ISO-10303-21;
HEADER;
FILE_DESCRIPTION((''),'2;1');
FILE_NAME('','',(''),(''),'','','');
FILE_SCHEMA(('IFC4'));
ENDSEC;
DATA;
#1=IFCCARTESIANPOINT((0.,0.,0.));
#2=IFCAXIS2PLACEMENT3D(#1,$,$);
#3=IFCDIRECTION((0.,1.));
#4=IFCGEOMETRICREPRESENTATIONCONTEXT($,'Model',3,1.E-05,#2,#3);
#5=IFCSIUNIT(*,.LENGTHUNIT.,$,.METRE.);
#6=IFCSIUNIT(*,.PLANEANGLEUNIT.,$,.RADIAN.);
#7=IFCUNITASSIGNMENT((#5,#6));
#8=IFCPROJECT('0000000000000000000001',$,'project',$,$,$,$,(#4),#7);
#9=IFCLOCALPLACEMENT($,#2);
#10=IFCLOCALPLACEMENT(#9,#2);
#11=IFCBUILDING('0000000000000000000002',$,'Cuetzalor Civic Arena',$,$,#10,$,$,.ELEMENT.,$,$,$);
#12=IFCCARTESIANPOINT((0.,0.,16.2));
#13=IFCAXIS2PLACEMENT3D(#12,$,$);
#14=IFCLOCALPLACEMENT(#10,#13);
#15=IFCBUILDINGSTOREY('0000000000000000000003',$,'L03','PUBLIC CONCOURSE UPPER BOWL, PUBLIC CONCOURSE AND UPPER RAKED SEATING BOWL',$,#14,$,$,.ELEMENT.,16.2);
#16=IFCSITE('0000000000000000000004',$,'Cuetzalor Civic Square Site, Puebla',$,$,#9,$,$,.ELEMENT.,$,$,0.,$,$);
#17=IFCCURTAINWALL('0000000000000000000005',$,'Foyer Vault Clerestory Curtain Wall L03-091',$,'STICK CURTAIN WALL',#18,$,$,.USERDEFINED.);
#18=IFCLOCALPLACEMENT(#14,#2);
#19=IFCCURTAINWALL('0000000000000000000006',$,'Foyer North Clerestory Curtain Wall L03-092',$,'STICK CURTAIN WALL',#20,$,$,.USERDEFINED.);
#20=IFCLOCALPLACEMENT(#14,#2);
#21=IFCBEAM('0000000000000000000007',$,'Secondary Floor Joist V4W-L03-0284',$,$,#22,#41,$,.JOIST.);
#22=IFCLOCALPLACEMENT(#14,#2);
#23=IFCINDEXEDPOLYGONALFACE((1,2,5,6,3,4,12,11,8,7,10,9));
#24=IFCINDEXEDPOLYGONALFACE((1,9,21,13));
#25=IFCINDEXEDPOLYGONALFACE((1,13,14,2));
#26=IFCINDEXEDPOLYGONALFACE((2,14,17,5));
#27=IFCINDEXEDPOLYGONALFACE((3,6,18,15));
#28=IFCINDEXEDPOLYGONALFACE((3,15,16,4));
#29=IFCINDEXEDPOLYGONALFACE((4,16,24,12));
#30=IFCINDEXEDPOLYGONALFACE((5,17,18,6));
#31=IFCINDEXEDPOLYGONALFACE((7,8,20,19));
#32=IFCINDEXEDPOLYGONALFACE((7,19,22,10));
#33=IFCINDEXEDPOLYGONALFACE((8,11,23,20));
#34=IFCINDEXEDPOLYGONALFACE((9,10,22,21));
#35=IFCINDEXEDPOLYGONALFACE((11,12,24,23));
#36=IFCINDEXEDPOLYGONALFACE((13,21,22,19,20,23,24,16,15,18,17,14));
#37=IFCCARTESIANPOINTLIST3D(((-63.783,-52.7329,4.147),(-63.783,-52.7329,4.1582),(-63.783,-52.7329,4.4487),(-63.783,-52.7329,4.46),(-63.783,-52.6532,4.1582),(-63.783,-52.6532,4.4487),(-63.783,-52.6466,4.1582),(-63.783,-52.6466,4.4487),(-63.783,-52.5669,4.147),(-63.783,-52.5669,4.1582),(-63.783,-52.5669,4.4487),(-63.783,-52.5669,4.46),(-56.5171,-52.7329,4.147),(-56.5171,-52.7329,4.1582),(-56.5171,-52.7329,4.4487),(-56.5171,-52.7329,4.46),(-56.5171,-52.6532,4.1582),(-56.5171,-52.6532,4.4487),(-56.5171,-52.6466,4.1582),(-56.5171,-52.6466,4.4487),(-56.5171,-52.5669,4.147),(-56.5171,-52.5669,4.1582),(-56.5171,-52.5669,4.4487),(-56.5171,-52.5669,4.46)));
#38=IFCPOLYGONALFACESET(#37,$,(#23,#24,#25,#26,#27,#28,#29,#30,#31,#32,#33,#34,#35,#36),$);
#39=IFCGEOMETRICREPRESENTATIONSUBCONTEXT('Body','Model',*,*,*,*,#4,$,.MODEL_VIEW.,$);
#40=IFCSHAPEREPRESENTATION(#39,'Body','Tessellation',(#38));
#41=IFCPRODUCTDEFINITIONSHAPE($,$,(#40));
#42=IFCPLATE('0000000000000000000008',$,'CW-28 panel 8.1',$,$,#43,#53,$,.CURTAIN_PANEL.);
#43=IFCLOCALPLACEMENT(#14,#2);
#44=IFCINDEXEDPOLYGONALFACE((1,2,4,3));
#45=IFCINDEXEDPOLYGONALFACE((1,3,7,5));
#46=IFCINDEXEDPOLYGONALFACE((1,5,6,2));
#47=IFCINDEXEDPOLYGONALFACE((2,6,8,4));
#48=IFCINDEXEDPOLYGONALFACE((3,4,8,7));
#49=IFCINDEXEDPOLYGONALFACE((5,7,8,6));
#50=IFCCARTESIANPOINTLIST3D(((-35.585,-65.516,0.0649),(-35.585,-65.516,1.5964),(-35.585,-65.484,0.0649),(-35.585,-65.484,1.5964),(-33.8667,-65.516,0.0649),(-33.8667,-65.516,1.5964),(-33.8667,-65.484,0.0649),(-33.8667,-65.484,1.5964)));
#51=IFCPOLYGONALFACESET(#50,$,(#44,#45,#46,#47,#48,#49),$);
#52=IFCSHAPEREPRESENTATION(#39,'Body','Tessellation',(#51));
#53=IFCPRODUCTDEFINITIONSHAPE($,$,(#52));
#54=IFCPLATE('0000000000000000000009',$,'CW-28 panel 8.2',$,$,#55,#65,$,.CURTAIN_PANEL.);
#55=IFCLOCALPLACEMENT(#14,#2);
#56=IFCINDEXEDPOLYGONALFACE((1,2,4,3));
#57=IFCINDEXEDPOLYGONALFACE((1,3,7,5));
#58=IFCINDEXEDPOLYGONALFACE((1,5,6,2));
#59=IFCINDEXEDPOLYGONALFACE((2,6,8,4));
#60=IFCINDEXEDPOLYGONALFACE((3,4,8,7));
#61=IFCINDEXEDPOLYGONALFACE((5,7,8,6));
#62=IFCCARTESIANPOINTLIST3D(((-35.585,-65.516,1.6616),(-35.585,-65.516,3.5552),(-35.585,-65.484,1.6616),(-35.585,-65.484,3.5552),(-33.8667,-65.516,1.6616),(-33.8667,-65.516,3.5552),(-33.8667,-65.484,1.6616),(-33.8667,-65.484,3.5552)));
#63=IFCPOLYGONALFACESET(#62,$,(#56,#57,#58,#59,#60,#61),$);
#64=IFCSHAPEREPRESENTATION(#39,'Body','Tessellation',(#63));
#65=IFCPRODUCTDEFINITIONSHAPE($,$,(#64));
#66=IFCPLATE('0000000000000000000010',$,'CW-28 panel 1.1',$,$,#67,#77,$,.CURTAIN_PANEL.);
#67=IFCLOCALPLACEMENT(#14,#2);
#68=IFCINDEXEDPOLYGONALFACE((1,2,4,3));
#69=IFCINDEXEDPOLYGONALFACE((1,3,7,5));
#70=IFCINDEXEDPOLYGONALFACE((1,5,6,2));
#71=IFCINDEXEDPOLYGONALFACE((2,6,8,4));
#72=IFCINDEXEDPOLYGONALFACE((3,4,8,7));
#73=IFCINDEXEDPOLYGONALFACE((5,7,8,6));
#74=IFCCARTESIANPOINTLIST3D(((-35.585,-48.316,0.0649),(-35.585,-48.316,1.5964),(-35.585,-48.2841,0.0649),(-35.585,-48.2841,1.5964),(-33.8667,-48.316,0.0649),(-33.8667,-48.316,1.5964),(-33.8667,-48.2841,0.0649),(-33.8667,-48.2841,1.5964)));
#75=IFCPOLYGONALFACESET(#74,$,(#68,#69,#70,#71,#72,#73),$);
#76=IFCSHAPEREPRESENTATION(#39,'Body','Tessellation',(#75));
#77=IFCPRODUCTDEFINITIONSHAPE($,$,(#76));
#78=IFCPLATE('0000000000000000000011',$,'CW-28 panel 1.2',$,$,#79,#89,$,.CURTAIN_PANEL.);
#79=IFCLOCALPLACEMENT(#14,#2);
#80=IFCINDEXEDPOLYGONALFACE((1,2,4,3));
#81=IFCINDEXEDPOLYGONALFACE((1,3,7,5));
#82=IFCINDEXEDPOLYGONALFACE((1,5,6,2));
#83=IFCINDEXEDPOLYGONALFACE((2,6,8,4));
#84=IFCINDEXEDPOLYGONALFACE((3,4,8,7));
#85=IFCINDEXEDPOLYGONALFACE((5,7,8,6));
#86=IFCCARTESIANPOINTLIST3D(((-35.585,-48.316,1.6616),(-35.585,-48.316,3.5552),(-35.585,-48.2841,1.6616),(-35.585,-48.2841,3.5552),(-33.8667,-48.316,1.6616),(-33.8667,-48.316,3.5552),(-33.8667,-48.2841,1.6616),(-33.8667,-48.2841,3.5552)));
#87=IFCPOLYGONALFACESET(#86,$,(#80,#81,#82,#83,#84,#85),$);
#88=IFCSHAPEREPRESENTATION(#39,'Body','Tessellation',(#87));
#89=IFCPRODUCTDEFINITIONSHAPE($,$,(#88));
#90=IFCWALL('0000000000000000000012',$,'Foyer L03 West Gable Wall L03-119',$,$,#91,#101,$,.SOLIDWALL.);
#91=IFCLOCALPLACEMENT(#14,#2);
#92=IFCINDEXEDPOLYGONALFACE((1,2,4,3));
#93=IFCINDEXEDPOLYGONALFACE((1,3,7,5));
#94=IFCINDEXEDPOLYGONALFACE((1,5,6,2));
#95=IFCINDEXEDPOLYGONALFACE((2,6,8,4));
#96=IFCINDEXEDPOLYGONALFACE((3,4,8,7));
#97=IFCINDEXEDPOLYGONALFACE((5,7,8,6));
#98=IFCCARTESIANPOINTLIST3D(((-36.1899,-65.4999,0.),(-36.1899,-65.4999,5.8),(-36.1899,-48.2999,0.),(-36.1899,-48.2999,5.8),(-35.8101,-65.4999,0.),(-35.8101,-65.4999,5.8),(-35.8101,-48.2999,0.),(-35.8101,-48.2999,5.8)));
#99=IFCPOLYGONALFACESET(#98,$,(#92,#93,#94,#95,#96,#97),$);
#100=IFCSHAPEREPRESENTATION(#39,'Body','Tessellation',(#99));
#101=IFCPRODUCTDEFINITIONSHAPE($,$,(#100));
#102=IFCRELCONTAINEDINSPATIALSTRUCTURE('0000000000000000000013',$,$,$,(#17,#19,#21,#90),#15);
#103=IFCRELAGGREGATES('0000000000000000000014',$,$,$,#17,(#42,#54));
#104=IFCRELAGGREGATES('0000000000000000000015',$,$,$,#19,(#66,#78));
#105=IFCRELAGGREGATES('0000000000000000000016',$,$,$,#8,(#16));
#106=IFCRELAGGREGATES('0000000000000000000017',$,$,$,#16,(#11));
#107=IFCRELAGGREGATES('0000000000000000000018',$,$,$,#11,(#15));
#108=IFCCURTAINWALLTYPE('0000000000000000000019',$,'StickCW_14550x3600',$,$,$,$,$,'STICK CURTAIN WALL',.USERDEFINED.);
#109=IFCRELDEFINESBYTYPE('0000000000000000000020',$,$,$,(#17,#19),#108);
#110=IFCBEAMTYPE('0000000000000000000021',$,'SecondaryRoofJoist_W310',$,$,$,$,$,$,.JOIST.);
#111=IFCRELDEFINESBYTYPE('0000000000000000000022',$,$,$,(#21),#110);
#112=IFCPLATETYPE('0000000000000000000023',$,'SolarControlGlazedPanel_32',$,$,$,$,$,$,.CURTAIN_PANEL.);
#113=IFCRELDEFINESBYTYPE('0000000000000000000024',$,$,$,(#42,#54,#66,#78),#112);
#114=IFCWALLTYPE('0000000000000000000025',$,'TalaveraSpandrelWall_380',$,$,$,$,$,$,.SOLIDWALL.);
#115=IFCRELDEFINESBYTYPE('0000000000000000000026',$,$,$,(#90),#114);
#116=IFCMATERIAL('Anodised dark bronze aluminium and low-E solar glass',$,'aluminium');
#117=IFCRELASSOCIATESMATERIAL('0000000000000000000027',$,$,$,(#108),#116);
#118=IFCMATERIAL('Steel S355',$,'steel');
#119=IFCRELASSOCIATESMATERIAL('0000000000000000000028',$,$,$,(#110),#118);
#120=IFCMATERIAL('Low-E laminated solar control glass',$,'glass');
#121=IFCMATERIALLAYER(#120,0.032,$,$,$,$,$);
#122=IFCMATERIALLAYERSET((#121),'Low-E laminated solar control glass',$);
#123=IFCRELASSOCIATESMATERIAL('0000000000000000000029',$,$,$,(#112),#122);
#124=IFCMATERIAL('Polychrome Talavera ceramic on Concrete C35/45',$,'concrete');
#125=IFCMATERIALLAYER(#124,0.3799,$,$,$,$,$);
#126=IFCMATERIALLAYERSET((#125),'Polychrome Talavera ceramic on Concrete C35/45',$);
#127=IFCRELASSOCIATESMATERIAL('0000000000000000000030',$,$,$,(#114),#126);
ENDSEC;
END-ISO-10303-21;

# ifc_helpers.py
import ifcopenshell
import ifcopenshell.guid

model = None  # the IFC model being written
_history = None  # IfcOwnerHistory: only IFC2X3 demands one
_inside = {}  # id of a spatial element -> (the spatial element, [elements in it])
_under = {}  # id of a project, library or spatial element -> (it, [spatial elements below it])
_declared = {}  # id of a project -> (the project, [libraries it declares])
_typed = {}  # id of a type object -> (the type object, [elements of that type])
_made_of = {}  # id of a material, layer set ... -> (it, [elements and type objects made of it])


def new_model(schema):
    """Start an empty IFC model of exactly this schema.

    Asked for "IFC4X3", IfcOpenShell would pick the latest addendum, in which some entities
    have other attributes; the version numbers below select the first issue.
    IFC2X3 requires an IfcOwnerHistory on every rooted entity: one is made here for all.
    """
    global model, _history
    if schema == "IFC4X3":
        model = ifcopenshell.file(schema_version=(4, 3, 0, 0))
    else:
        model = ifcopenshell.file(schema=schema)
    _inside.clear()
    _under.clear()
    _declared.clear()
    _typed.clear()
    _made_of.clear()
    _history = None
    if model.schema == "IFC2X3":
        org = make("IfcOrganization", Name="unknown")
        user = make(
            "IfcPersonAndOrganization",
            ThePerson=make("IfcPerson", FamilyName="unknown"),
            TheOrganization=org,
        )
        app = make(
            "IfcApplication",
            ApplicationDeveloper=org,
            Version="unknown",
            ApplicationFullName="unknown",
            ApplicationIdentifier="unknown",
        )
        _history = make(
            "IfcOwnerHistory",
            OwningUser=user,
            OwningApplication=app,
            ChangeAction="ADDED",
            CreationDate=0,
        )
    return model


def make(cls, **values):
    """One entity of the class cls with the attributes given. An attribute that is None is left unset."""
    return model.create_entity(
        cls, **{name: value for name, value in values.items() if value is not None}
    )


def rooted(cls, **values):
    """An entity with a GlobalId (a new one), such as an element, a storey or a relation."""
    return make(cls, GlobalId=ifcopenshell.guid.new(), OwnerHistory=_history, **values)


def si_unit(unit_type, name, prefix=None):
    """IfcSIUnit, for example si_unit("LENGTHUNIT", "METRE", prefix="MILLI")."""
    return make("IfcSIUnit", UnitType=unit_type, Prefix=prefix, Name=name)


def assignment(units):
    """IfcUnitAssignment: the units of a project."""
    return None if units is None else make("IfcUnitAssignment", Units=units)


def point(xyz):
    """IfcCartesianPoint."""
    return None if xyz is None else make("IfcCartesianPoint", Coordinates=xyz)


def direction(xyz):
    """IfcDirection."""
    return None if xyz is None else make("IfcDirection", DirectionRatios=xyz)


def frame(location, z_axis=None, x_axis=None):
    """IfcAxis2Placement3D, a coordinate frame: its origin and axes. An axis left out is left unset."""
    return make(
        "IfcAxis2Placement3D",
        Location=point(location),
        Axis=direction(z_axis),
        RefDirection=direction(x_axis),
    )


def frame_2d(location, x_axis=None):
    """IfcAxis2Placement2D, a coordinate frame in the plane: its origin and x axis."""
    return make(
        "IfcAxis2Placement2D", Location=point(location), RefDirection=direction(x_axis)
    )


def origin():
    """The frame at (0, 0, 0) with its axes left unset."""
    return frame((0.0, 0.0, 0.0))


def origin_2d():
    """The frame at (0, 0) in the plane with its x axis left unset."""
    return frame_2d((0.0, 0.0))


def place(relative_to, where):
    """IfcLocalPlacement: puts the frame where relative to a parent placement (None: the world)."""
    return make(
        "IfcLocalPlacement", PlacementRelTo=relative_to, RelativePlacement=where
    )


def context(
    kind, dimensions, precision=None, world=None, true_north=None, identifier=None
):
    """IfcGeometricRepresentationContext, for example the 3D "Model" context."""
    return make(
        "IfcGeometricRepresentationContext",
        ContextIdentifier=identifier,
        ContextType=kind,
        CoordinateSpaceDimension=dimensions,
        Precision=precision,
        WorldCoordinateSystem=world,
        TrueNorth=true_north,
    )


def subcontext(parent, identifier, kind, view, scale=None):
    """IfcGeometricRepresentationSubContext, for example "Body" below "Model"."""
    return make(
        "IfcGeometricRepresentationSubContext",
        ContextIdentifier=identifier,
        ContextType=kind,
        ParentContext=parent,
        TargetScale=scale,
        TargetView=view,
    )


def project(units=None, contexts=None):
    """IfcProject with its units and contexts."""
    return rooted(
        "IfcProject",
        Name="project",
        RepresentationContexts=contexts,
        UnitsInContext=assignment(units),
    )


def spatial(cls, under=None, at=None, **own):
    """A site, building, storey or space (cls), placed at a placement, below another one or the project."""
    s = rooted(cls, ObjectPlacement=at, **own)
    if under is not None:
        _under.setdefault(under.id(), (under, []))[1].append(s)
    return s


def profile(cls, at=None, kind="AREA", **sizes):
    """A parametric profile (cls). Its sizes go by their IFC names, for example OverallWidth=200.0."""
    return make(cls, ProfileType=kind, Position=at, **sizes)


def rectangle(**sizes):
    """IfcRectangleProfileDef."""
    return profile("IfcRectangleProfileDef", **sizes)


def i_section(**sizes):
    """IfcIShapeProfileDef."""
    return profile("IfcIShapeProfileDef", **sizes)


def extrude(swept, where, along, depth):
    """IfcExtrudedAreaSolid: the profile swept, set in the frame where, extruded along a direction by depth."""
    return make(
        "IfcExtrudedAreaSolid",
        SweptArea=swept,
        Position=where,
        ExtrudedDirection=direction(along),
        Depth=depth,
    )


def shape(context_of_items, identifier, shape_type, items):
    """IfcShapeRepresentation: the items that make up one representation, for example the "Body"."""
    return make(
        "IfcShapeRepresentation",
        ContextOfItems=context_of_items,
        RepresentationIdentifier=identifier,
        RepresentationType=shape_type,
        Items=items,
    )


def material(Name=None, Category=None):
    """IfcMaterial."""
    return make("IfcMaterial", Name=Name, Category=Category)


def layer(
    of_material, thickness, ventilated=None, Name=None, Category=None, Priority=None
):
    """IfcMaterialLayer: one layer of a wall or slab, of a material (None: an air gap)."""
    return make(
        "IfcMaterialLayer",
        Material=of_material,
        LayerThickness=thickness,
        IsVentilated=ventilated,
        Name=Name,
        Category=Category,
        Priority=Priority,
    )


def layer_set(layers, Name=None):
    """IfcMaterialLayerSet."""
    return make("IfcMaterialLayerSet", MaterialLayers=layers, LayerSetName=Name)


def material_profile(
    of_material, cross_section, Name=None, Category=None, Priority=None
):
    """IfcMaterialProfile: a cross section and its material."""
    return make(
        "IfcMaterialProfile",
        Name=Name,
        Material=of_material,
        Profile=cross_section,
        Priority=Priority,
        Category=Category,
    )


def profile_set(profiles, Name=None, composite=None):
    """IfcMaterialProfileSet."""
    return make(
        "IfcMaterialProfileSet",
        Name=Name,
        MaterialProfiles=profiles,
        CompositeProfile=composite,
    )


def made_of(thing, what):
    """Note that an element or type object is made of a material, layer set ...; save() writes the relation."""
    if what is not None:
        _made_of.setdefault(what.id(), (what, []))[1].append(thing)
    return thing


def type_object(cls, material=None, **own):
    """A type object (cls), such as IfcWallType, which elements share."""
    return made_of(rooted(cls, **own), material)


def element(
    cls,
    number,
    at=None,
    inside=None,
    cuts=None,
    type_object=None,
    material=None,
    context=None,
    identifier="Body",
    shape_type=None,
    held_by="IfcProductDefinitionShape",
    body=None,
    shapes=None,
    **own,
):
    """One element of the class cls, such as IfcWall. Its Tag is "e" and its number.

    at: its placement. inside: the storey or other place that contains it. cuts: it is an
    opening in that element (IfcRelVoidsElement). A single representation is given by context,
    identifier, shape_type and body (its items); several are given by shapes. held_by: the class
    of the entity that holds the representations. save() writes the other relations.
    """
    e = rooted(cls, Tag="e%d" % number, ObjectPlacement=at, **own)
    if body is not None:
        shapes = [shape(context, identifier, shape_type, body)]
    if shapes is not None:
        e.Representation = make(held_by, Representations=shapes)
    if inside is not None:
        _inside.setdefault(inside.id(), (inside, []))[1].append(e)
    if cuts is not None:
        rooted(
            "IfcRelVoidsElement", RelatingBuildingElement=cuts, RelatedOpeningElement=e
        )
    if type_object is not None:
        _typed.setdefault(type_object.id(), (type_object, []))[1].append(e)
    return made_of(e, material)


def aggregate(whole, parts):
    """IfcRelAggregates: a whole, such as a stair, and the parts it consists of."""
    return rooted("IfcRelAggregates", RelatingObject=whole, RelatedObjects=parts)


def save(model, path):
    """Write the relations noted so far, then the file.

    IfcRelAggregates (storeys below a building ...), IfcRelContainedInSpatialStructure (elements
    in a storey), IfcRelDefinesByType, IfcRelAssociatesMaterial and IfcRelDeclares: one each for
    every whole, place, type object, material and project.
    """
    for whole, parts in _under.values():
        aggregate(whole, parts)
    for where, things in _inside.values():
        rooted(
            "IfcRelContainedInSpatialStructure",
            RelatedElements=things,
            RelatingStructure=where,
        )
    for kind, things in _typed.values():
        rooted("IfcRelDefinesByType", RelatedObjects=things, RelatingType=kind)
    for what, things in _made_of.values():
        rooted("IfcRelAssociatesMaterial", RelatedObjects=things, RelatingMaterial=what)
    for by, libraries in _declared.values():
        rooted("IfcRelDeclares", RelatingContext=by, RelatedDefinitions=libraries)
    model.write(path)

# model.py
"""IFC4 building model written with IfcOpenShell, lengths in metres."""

from ifc_helpers import new_model, si_unit, direction, frame, frame_2d, origin, origin_2d, place, context, subcontext, project, spatial, rectangle, i_section, extrude, material, layer, layer_set, material_profile, profile_set, type_object, element, aggregate, save


model = new_model("IFC4")

# Units and contexts
model_context = context("Model", 3, precision=1e-05, world=origin(), true_north=direction((0.0, 1.0)))
body_context = subcontext(model_context, "Body", "Model", "MODEL_VIEW")
ifc_project = project(units=[si_unit("LENGTHUNIT", "METRE"), si_unit("PLANEANGLEUNIT", "RADIAN")], contexts=[model_context])

# Site, building, storey
site_placement = place(None, origin())
site = spatial("IfcSite", under=ifc_project, at=site_placement, Name="Cuetzalor Civic Square Site, Puebla", CompositionType="ELEMENT", RefElevation=0.0)
building_placement = place(site_placement, origin())
building = spatial("IfcBuilding", under=site, at=building_placement, Name="Cuetzalor Civic Arena", CompositionType="ELEMENT")
storey_placement = place(building_placement, frame((0.0, 0.0, 16.2)))
storey = spatial("IfcBuildingStorey", under=building, at=storey_placement, Name="L03", Description="PUBLIC CONCOURSE UPPER BOWL, PUBLIC CONCOURSE AND UPPER RAKED SEATING BOWL", CompositionType="ELEMENT", Elevation=16.2)

# Curtain wall
ifc_material_1 = material(Name="Anodised dark bronze aluminium and low-E solar glass", Category="aluminium")
curtain_wall_type = type_object("IfcCurtainWallType", Name="StickCW_14550x3600", ElementType="STICK CURTAIN WALL", PredefinedType="USERDEFINED", material=ifc_material_1)
curtain_wall_1_placement = place(storey_placement, origin())
curtain_wall_1 = element("IfcCurtainWall", 1, at=curtain_wall_1_placement, inside=storey, type_object=curtain_wall_type, Name="Foyer Vault Clerestory Curtain Wall L03-091", ObjectType="STICK CURTAIN WALL", PredefinedType="USERDEFINED")

# Curtain wall
curtain_wall_2_placement = place(storey_placement, origin())
curtain_wall_2 = element("IfcCurtainWall", 2, at=curtain_wall_2_placement, inside=storey, type_object=curtain_wall_type, Name="Foyer North Clerestory Curtain Wall L03-092", ObjectType="STICK CURTAIN WALL", PredefinedType="USERDEFINED")

# Beam
ifc_material_2 = material(Name="Steel S355", Category="steel")
ifc_material_profile_1 = material_profile(ifc_material_2, i_section(OverallWidth=0.166, OverallDepth=0.313, WebThickness=0.0066, FlangeThickness=0.0112, at=origin_2d()), Name="W310x45")
ifc_profile_set_1 = profile_set([ifc_material_profile_1], Name="Steel S355")
beam_type_1 = type_object("IfcBeamType", Name="SecondaryRoofJoist_W310", PredefinedType="JOIST", material=ifc_profile_set_1)
beam_1_placement = place(storey_placement, frame((-63.783, -52.6499, 4.3035), z_axis=(1.0, 0.0, 0.0), x_axis=(0.0, 1.0, 0.0)))
element("IfcBeam", 3, at=beam_1_placement, inside=storey, type_object=beam_type_1, Name="Secondary Floor Joist V4W-L03-0284", PredefinedType="JOIST", context=body_context, shape_type="SweptSolid", body=[
    extrude(i_section(OverallWidth=0.166, OverallDepth=0.313, WebThickness=0.0066, FlangeThickness=0.0112, at=origin_2d()), origin(), (0.0, 0.0, 1.0), 7.2659),
])

# Plates
ifc_material_3 = material(Name="Low-E laminated solar control glass", Category="glass")
ifc_layer_1 = layer(ifc_material_3, 0.032)
ifc_layer_set_1 = layer_set([ifc_layer_1], Name="Low-E laminated solar control glass")
plate_type = type_object("IfcPlateType", Name="SolarControlGlazedPanel_32", PredefinedType="CURTAIN_PANEL", material=ifc_layer_set_1)
plate_1_placement = place(storey_placement, frame((-34.7258, -65.5, 0.0649), z_axis=(0.0, 0.0, 1.0), x_axis=(-1.0, 0.0, 0.0)))
plate_1 = element("IfcPlate", 4, at=plate_1_placement, type_object=plate_type, Name="CW-28 panel 8.1", PredefinedType="CURTAIN_PANEL", context=body_context, shape_type="SweptSolid", body=[
    extrude(rectangle(XDim=1.7183, YDim=0.032, at=origin_2d()), origin(), (0.0, 0.0, 1.0), 1.5315),
])
plate_2_placement = place(storey_placement, frame((-34.7258, -65.5, 1.6616), z_axis=(0.0, 0.0, 1.0), x_axis=(-1.0, 0.0, 0.0)))
plate_2 = element("IfcPlate", 5, at=plate_2_placement, type_object=plate_type, Name="CW-28 panel 8.2", PredefinedType="CURTAIN_PANEL", context=body_context, shape_type="SweptSolid", body=[
    extrude(rectangle(XDim=1.7183, YDim=0.032, at=origin_2d()), origin(), (0.0, 0.0, 1.0), 1.8936),
])
aggregate(curtain_wall_1, [plate_1, plate_2])
plate_3_placement = place(storey_placement, frame((-34.7258, -48.3, 0.0649), z_axis=(0.0, 0.0, 1.0), x_axis=(1.0, 0.0, 0.0)))
plate_3 = element("IfcPlate", 6, at=plate_3_placement, type_object=plate_type, Name="CW-28 panel 1.1", PredefinedType="CURTAIN_PANEL", context=body_context, shape_type="SweptSolid", body=[
    extrude(rectangle(XDim=1.7183, YDim=0.032, at=origin_2d()), origin(), (0.0, 0.0, 1.0), 1.5315),
])
plate_4_placement = place(storey_placement, frame((-34.7258, -48.3, 1.6616), z_axis=(0.0, 0.0, 1.0), x_axis=(1.0, 0.0, 0.0)))
plate_4 = element("IfcPlate", 7, at=plate_4_placement, type_object=plate_type, Name="CW-28 panel 1.2", PredefinedType="CURTAIN_PANEL", context=body_context, shape_type="SweptSolid", body=[
    extrude(rectangle(XDim=1.7183, YDim=0.032, at=origin_2d()), origin(), (0.0, 0.0, 1.0), 1.8936),
])
aggregate(curtain_wall_2, [plate_3, plate_4])

# Wall
ifc_material_4 = material(Name="Polychrome Talavera ceramic on Concrete C35/45", Category="concrete")
ifc_layer_2 = layer(ifc_material_4, 0.3799)
ifc_layer_set_2 = layer_set([ifc_layer_2], Name="Polychrome Talavera ceramic on Concrete C35/45")
wall_type_1 = type_object("IfcWallType", Name="TalaveraSpandrelWall_380", PredefinedType="SOLIDWALL", material=ifc_layer_set_2)
wall_1_placement = place(storey_placement, frame((-36.0, -65.5, 0.0), z_axis=(0.0, 0.0, 1.0), x_axis=(0.0, 1.0, 0.0)))
element("IfcWall", 8, at=wall_1_placement, inside=storey, type_object=wall_type_1, Name="Foyer L03 West Gable Wall L03-119", PredefinedType="SOLIDWALL", context=body_context, shape_type="SweptSolid", body=[
    extrude(rectangle(XDim=17.2, YDim=0.3799, at=frame_2d((8.6001, 0.0))), origin(), (0.0, 0.0, 1.0), 5.8),
])

save(model, "model.ifc")
